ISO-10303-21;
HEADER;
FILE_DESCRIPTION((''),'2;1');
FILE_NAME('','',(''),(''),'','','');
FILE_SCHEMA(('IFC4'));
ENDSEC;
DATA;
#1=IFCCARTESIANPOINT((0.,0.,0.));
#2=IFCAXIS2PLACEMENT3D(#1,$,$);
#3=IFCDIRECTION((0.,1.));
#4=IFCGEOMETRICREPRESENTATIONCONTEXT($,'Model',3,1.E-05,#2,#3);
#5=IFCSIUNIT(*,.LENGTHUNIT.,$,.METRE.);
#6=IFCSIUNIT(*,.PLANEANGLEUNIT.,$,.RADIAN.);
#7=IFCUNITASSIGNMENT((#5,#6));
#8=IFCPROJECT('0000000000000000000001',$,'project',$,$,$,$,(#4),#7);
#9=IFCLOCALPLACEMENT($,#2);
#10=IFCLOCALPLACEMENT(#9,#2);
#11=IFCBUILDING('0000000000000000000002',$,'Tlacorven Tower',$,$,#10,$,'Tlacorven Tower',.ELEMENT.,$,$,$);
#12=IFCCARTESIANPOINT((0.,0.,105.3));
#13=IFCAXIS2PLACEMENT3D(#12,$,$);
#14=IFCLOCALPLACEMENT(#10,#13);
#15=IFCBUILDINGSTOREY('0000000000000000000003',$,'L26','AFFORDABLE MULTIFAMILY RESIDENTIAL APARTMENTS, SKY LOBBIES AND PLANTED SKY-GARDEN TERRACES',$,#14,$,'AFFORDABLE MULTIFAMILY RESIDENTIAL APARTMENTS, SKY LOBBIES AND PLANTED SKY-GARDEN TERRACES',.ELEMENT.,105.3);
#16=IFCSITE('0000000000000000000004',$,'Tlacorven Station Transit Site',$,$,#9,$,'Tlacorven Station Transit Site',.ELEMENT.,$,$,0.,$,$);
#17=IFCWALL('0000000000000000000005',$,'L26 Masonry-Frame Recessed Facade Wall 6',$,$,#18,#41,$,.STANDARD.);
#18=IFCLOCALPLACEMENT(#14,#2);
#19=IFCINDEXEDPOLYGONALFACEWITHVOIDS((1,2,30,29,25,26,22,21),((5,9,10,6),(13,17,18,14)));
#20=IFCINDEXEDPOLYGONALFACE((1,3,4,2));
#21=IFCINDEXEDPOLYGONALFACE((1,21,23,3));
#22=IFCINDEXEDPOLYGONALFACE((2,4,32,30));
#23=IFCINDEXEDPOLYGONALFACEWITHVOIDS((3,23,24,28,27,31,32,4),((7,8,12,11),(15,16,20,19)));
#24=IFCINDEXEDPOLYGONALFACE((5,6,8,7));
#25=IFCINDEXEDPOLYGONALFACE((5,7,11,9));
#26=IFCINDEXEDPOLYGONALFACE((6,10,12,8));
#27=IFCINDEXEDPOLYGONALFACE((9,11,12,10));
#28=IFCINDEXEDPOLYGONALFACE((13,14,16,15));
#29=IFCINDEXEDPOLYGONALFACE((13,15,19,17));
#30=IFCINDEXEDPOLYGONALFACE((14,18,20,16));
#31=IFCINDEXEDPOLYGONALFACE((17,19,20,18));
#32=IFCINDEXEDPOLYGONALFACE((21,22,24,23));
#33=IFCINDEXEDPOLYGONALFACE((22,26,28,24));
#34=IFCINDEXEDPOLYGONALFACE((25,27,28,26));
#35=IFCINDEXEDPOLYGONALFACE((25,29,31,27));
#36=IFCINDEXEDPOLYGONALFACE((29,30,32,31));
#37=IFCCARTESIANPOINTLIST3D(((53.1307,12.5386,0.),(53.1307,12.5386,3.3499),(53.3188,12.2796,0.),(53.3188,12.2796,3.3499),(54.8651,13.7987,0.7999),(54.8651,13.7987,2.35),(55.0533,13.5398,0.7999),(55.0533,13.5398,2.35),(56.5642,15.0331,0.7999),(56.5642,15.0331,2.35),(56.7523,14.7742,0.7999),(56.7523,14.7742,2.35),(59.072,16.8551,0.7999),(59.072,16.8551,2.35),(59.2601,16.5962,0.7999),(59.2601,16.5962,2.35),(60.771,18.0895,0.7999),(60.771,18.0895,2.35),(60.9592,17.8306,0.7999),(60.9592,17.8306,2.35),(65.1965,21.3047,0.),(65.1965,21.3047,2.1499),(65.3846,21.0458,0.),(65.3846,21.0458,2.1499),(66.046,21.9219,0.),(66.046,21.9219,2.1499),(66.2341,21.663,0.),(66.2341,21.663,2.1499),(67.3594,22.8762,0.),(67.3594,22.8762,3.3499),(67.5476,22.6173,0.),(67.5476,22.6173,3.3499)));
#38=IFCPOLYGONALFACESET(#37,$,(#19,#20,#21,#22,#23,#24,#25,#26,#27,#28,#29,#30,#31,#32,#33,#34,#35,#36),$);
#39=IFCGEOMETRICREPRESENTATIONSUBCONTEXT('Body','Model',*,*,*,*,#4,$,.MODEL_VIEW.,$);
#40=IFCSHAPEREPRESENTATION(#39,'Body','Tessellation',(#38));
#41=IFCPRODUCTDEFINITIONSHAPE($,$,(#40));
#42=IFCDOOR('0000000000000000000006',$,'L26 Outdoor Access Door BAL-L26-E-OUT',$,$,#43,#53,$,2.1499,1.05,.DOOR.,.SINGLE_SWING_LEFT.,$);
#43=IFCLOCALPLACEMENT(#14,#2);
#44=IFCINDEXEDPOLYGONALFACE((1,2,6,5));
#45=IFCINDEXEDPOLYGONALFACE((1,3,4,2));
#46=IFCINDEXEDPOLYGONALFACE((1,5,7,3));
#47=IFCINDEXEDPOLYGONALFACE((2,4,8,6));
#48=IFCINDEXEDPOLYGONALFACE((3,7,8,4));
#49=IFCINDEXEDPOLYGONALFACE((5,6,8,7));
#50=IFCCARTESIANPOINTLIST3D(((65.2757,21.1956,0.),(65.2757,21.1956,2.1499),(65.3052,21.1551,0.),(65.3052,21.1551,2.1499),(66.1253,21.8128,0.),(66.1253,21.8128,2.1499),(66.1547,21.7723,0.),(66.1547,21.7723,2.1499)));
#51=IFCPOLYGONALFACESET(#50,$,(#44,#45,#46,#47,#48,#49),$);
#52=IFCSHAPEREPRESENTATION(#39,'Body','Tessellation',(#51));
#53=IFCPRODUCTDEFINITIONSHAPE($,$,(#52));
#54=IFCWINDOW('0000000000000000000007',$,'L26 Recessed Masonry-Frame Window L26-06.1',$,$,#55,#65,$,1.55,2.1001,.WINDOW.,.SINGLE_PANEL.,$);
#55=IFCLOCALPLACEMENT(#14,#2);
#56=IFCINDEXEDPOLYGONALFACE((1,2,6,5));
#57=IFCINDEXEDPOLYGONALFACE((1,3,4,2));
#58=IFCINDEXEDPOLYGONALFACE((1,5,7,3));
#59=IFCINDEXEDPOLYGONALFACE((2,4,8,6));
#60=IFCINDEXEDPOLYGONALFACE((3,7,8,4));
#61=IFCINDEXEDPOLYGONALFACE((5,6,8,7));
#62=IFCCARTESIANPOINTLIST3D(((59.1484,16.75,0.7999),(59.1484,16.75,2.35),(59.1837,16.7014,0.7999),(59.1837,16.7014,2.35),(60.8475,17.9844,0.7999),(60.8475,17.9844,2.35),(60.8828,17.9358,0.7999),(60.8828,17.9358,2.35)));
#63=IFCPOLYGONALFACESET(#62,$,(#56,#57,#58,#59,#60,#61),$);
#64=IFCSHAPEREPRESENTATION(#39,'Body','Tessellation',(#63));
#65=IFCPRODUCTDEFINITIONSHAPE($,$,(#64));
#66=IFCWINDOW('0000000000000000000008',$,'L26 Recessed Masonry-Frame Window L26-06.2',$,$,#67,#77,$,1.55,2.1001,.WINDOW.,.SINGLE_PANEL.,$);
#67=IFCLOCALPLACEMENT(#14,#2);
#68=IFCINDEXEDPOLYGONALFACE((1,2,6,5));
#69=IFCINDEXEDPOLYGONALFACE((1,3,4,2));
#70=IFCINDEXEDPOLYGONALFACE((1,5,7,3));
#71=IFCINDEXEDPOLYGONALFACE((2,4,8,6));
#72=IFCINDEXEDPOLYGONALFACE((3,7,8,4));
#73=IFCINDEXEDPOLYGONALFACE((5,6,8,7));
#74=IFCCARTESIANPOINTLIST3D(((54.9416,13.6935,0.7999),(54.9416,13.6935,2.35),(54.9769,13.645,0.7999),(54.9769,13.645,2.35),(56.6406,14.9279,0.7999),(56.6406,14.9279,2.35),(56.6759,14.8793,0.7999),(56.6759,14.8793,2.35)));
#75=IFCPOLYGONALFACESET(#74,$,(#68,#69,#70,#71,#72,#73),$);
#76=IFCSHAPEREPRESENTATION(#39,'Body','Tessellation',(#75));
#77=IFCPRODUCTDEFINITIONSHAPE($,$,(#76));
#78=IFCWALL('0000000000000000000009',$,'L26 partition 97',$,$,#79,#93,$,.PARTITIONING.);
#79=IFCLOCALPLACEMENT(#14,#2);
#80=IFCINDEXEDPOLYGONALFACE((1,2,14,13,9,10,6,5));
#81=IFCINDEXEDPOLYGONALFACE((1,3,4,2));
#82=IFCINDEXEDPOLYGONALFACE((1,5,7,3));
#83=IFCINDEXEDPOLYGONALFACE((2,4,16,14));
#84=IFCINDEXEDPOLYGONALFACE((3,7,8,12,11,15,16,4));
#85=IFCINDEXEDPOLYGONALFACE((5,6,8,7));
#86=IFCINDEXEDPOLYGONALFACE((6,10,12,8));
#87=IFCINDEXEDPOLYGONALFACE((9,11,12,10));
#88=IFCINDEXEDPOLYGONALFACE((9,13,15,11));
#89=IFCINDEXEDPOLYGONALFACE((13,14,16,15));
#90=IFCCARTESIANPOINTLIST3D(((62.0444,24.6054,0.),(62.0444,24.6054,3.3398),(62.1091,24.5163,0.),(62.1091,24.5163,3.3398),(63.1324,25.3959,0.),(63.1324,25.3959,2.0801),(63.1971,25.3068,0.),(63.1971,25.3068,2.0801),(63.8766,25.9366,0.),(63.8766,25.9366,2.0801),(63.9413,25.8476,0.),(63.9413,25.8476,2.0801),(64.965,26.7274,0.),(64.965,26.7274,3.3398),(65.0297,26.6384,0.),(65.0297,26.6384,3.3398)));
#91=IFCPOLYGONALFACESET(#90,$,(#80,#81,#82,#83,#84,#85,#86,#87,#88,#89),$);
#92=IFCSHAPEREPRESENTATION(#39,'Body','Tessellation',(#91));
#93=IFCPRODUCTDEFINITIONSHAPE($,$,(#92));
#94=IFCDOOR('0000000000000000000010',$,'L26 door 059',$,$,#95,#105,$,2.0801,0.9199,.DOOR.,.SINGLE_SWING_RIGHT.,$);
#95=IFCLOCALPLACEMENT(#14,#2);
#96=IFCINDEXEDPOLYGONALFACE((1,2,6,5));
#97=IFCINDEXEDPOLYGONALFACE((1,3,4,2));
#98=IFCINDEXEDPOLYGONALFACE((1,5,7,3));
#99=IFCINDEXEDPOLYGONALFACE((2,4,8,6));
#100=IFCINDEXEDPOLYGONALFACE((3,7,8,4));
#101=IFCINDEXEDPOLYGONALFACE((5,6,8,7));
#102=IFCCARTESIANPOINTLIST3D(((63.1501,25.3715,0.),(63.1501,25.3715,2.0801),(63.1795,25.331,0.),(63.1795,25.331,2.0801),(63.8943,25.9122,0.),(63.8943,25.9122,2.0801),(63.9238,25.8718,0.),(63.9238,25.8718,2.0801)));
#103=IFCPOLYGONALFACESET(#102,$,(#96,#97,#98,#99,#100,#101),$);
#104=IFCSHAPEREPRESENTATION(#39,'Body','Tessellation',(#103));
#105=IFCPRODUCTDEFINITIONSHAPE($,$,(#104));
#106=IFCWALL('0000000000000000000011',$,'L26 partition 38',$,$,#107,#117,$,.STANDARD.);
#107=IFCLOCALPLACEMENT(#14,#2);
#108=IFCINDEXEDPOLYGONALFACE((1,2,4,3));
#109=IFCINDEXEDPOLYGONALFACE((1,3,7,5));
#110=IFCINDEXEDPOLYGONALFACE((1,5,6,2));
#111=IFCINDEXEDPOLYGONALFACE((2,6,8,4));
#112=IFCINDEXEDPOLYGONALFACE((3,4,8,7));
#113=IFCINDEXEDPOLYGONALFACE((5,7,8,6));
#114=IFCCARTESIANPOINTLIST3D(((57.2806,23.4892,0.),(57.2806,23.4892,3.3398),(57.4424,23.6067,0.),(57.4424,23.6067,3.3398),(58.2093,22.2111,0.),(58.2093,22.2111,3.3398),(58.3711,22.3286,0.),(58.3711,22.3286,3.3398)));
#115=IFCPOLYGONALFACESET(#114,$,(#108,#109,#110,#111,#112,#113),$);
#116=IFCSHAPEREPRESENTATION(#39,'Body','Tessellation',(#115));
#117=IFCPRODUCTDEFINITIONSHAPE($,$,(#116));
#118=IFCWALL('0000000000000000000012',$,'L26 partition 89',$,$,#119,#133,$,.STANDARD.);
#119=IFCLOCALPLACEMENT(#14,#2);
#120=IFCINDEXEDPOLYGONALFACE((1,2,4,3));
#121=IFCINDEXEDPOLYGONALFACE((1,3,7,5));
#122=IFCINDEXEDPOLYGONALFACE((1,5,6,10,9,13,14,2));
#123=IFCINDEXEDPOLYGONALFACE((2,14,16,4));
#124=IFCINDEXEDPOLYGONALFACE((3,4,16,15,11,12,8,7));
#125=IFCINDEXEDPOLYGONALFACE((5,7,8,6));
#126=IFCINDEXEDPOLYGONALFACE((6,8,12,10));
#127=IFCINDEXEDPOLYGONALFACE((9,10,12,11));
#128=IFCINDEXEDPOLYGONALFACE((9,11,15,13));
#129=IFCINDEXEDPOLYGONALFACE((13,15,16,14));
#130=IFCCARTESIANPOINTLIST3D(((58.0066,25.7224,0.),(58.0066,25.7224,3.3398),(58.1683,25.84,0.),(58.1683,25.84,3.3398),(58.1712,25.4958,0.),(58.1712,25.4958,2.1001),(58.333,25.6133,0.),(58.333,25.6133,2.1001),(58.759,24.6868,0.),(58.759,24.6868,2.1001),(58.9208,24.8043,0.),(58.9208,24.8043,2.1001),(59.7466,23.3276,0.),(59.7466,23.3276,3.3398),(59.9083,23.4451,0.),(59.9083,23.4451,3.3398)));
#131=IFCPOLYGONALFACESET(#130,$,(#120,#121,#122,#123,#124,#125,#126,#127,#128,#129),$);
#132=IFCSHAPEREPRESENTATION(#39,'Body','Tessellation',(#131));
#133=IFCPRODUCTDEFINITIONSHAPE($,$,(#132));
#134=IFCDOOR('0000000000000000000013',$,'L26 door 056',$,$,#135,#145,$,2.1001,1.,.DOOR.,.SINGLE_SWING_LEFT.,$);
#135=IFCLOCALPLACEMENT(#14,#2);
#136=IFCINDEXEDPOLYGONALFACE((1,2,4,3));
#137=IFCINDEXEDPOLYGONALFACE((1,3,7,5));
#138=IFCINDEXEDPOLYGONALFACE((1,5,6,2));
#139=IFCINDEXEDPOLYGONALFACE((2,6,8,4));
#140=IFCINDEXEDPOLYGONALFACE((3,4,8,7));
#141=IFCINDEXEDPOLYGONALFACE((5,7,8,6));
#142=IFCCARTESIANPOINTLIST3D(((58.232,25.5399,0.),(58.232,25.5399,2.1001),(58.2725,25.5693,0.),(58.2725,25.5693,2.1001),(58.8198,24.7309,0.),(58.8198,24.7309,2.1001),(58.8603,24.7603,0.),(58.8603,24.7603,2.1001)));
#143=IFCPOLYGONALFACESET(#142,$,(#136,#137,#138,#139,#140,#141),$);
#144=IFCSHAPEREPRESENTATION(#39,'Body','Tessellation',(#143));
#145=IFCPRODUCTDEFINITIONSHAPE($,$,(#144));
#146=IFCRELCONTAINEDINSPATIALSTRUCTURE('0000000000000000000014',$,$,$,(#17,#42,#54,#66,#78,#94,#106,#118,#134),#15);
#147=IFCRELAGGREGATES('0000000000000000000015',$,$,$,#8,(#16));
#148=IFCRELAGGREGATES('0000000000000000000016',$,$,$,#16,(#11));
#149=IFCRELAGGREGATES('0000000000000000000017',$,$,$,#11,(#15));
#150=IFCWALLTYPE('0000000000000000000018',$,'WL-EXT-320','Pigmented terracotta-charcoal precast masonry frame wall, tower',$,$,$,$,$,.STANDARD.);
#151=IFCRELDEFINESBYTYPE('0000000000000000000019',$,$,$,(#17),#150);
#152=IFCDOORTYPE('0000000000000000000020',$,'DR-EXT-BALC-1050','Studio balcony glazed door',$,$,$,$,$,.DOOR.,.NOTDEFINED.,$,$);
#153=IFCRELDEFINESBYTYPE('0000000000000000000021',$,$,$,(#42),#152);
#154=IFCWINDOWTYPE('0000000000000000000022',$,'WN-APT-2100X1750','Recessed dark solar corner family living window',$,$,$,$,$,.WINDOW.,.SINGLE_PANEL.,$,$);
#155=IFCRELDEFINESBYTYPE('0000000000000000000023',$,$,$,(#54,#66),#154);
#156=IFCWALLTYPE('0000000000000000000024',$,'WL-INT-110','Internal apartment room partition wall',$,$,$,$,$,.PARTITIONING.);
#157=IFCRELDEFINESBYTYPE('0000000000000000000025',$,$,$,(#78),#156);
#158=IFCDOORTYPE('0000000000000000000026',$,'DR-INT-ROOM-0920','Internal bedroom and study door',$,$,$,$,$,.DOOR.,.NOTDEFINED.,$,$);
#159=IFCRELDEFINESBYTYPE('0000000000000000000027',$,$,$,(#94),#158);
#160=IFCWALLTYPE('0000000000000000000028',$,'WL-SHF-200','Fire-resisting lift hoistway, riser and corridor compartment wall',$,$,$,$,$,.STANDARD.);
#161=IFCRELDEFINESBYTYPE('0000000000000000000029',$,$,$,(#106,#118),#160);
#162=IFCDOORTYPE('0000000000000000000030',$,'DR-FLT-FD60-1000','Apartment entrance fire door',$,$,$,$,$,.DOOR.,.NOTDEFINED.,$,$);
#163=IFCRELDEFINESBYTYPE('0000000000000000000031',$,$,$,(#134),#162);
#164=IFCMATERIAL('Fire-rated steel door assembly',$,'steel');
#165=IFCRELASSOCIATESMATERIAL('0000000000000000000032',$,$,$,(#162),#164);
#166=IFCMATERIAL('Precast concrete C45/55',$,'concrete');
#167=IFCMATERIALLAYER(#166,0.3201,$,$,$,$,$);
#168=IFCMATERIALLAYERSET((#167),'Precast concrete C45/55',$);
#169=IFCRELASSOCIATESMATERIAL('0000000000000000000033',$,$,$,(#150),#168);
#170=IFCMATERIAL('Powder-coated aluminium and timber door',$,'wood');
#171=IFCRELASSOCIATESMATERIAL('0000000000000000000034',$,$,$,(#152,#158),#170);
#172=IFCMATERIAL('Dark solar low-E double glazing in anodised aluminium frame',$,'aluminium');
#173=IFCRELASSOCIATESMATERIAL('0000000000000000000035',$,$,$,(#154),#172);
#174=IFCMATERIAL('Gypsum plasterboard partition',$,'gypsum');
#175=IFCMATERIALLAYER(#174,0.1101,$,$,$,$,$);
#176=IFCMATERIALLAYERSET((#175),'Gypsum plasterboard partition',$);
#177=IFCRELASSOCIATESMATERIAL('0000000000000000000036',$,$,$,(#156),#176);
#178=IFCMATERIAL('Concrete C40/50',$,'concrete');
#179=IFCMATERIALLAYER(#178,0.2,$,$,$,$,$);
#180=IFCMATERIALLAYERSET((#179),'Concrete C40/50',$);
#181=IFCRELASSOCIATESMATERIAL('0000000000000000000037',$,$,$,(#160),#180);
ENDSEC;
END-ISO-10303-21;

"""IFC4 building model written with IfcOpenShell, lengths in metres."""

from ifc_helpers import new_model, si_unit, direction, frame, frame_2d, origin, place, context, subcontext, project, spatial, rectangle, extrude, source, transform, mapped, material, layer, layer_set, type_object, element, fill, save


model = new_model("IFC4")

# Units and contexts
model_context = context("Model", 3, precision=1e-05, world=origin(), true_north=direction((0.0, 1.0)))
body_context = subcontext(model_context, "Body", "Model", "MODEL_VIEW")
ifc_project = project(units=[si_unit("LENGTHUNIT", "METRE"), si_unit("PLANEANGLEUNIT", "RADIAN")], contexts=[model_context])

# Site, building, storey
site_placement = place(None, origin())
site = spatial("IfcSite", under=ifc_project, at=site_placement, Name="Tlacorven Station Transit Site", LongName="Tlacorven Station Transit Site", CompositionType="ELEMENT", RefElevation=0.0)
building_placement = place(site_placement, origin())
building = spatial("IfcBuilding", under=site, at=building_placement, Name="Tlacorven Tower", LongName="Tlacorven Tower", CompositionType="ELEMENT")
storey_placement = place(building_placement, frame((0.0, 0.0, 105.3)))
storey = spatial("IfcBuildingStorey", under=building, at=storey_placement, Name="L26", Description="AFFORDABLE MULTIFAMILY RESIDENTIAL APARTMENTS, SKY LOBBIES AND PLANTED SKY-GARDEN TERRACES", LongName="AFFORDABLE MULTIFAMILY RESIDENTIAL APARTMENTS, SKY LOBBIES AND PLANTED SKY-GARDEN TERRACES", CompositionType="ELEMENT", Elevation=105.3)

# Shared definitions
ifc_material_1 = material(Name="Fire-rated steel door assembly", Category="steel")
door_type_1 = type_object("IfcDoorType", Name="DR-FLT-FD60-1000", Description="Apartment entrance fire door", OperationType="NOTDEFINED", PredefinedType="DOOR", material=ifc_material_1)
shared_shape_1 = source(origin(), body_context, "Body", "SweptSolid", [
    extrude(rectangle(XDim=1.0, YDim=2.1001, at=frame_2d((0.5, 1.05))), frame((0.0, 0.0249, 0.0), z_axis=(0.0, -1.0, 0.0), x_axis=(1.0, 0.0, 0.0)), (0.0, 0.0, 1.0), 0.05),
])

# Wall, openings, door, windows
ifc_material_2 = material(Name="Precast concrete C45/55", Category="concrete")
ifc_layer_1 = layer(ifc_material_2, 0.3201)
ifc_layer_set_1 = layer_set([ifc_layer_1], Name="Precast concrete C45/55")
wall_type_1 = type_object("IfcWallType", Name="WL-EXT-320", Description="Pigmented terracotta-charcoal precast masonry frame wall, tower", PredefinedType="STANDARD", material=ifc_layer_set_1)
wall_1_placement = place(storey_placement, frame((67.4536, 22.7468, 0.0), z_axis=(0.0, 0.0, 1.0), x_axis=(-0.809021, -0.58778, 0.0)))
wall_1 = element("IfcWall", 1, at=wall_1_placement, inside=storey, type_object=wall_type_1, Name="L26 Masonry-Frame Recessed Facade Wall 6", PredefinedType="STANDARD", context=body_context, shape_type="SweptSolid", body=[
    extrude(rectangle(XDim=17.5876, YDim=0.3201, at=frame_2d((8.7939, 0.0))), origin(), (0.0, 0.0, 1.0), 3.3499),
])
opening_1_placement = place(wall_1_placement, frame((1.6238, 0.0, 0.0)))
opening_1 = element("IfcOpeningElement", 2, at=opening_1_placement, cuts=wall_1, PredefinedType="OPENING", context=body_context, shape_type="SweptSolid", body=[
    extrude(rectangle(XDim=1.05, YDim=2.1499, at=frame_2d((0.5249, 1.075))), frame((0.0, 0.1699, 0.0), z_axis=(0.0, -1.0, 0.0), x_axis=(1.0, 0.0, 0.0)), (0.0, 0.0, 1.0), 0.3401),
])
opening_2_placement = place(wall_1_placement, frame((8.1438, 0.0, 0.8)))
opening_2 = element("IfcOpeningElement", 3, at=opening_2_placement, cuts=wall_1, PredefinedType="OPENING", context=body_context, shape_type="SweptSolid", body=[
    extrude(rectangle(XDim=2.1001, YDim=1.55, at=frame_2d((1.05, 0.7749))), frame((0.0, 0.1699, 0.0), z_axis=(0.0, -1.0, 0.0), x_axis=(1.0, 0.0, 0.0)), (0.0, 0.0, 1.0), 0.3401),
])
opening_3_placement = place(wall_1_placement, frame((13.3438, 0.0, 0.8)))
opening_3 = element("IfcOpeningElement", 4, at=opening_3_placement, cuts=wall_1, PredefinedType="OPENING", context=body_context, shape_type="SweptSolid", body=[
    extrude(rectangle(XDim=2.1001, YDim=1.55, at=frame_2d((1.05, 0.7749))), frame((0.0, 0.1699, 0.0), z_axis=(0.0, -1.0, 0.0), x_axis=(1.0, 0.0, 0.0)), (0.0, 0.0, 1.0), 0.3401),
])
ifc_material_3 = material(Name="Powder-coated aluminium and timber door", Category="wood")
door_type_2 = type_object("IfcDoorType", Name="DR-EXT-BALC-1050", Description="Studio balcony glazed door", OperationType="NOTDEFINED", PredefinedType="DOOR", material=ifc_material_3)
shared_shape_2 = source(origin(), body_context, "Body", "SweptSolid", [
    extrude(rectangle(XDim=1.05, YDim=2.1499, at=frame_2d((0.5249, 1.075))), frame((0.0, 0.0249, 0.0), z_axis=(0.0, -1.0, 0.0), x_axis=(1.0, 0.0, 0.0)), (0.0, 0.0, 1.0), 0.05),
])
door_1_placement = place(opening_1_placement, origin())
door_1 = element("IfcDoor", 5, at=door_1_placement, inside=storey, type_object=door_type_2, Name="L26 Outdoor Access Door BAL-L26-E-OUT", OperationType="SINGLE_SWING_LEFT", OverallHeight=2.1499, OverallWidth=1.05, PredefinedType="DOOR", context=body_context, shape_type="MappedRepresentation", body=[
    mapped(shared_shape_2, transform((0.0, 0.0, 0.0), scale=1.0)),
])
fill(opening_1, door_1)
ifc_material_4 = material(Name="Dark solar low-E double glazing in anodised aluminium frame", Category="aluminium")
window_type = type_object("IfcWindowType", Name="WN-APT-2100X1750", Description="Recessed dark solar corner family living window", PartitioningType="SINGLE_PANEL", PredefinedType="WINDOW", material=ifc_material_4)
shared_shape_3 = source(origin(), body_context, "Body", "SweptSolid", [
    extrude(rectangle(XDim=2.1001, YDim=1.55, at=frame_2d((1.05, 0.7749))), frame((0.0, 0.03, 0.0), z_axis=(0.0, -1.0, 0.0), x_axis=(1.0, 0.0, 0.0)), (0.0, 0.0, 1.0), 0.0601),
])
window_1_placement = place(opening_2_placement, origin())
window_1 = element("IfcWindow", 6, at=window_1_placement, inside=storey, type_object=window_type, Name="L26 Recessed Masonry-Frame Window L26-06.1", OverallHeight=1.55, OverallWidth=2.1001, PartitioningType="SINGLE_PANEL", PredefinedType="WINDOW", context=body_context, shape_type="MappedRepresentation", body=[
    mapped(shared_shape_3, transform((0.0, 0.0, 0.0), scale=1.0)),
])
fill(opening_2, window_1)
window_2_placement = place(opening_3_placement, origin())
window_2 = element("IfcWindow", 7, at=window_2_placement, inside=storey, type_object=window_type, Name="L26 Recessed Masonry-Frame Window L26-06.2", OverallHeight=1.55, OverallWidth=2.1001, PartitioningType="SINGLE_PANEL", PredefinedType="WINDOW", context=body_context, shape_type="MappedRepresentation", body=[
    mapped(shared_shape_3, transform((0.0, 0.0, 0.0), scale=1.0)),
])
fill(opening_3, window_2)

# Wall, opening, door
ifc_material_5 = material(Name="Gypsum plasterboard partition", Category="gypsum")
ifc_layer_2 = layer(ifc_material_5, 0.1101)
ifc_layer_set_2 = layer_set([ifc_layer_2], Name="Gypsum plasterboard partition")
wall_type_2 = type_object("IfcWallType", Name="WL-INT-110", Description="Internal apartment room partition wall", PredefinedType="PARTITIONING", material=ifc_layer_set_2)
wall_2_placement = place(storey_placement, frame((62.0767, 24.5608, 0.0), z_axis=(0.0, 0.0, 1.0), x_axis=(0.809005, 0.587802, 0.0)))
wall_2 = element("IfcWall", 8, at=wall_2_placement, inside=storey, type_object=wall_type_2, Name="L26 partition 97", PredefinedType="PARTITIONING", context=body_context, shape_type="SweptSolid", body=[
    extrude(rectangle(XDim=3.6101, YDim=0.1101, at=frame_2d((1.8052, 0.0))), origin(), (0.0, 0.0, 1.0), 3.3398),
])
opening_4_placement = place(wall_2_placement, frame((1.345, 0.0, 0.0)))
opening_4 = element("IfcOpeningElement", 9, at=opening_4_placement, cuts=wall_2, PredefinedType="OPENING", context=body_context, shape_type="SweptSolid", body=[
    extrude(rectangle(XDim=0.9199, YDim=2.0801, at=frame_2d((0.46, 1.04))), frame((0.0, 0.0649, 0.0), z_axis=(0.0, -1.0, 0.0), x_axis=(1.0, 0.0, 0.0)), (0.0, 0.0, 1.0), 0.1301),
])
door_type_3 = type_object("IfcDoorType", Name="DR-INT-ROOM-0920", Description="Internal bedroom and study door", OperationType="NOTDEFINED", PredefinedType="DOOR", material=ifc_material_3)
shared_shape_4 = source(origin(), body_context, "Body", "SweptSolid", [
    extrude(rectangle(XDim=0.9199, YDim=2.0801, at=frame_2d((0.46, 1.04))), frame((0.0, 0.0249, 0.0), z_axis=(0.0, -1.0, 0.0), x_axis=(1.0, 0.0, 0.0)), (0.0, 0.0, 1.0), 0.05),
])
door_2_placement = place(opening_4_placement, origin())
door_2 = element("IfcDoor", 10, at=door_2_placement, inside=storey, type_object=door_type_3, Name="L26 door 059", OperationType="SINGLE_SWING_RIGHT", OverallHeight=2.0801, OverallWidth=0.9199, PredefinedType="DOOR", context=body_context, shape_type="MappedRepresentation", body=[
    mapped(shared_shape_4, transform((0.0, 0.0, 0.0), scale=1.0)),
])
fill(opening_4, door_2)

# Wall
ifc_material_6 = material(Name="Concrete C40/50", Category="concrete")
ifc_layer_3 = layer(ifc_material_6, 0.2)
ifc_layer_set_3 = layer_set([ifc_layer_3], Name="Concrete C40/50")
wall_type_3 = type_object("IfcWallType", Name="WL-SHF-200", Description="Fire-resisting lift hoistway, riser and corridor compartment wall", PredefinedType="STANDARD", material=ifc_layer_set_3)
wall_3_placement = place(storey_placement, frame((58.2903, 22.2698, 0.0), z_axis=(0.0, 0.0, 1.0), x_axis=(-0.587841, 0.808977, 0.0)))
element("IfcWall", 11, at=wall_3_placement, inside=storey, type_object=wall_type_3, Name="L26 partition 38", PredefinedType="STANDARD", context=body_context, shape_type="SweptSolid", body=[
    extrude(rectangle(XDim=1.5798, YDim=0.2, at=frame_2d((0.79, 0.0))), origin(), (0.0, 0.0, 1.0), 3.3398),
])

# Wall, opening, door
wall_4_placement = place(storey_placement, frame((59.8274, 23.3865, 0.0), z_axis=(0.0, 0.0, 1.0), x_axis=(-0.587804, 0.809003, 0.0)))
wall_4 = element("IfcWall", 12, at=wall_4_placement, inside=storey, type_object=wall_type_3, Name="L26 partition 89", PredefinedType="STANDARD", context=body_context, shape_type="SweptSolid", body=[
    extrude(rectangle(XDim=2.9602, YDim=0.2, at=frame_2d((1.48, 0.0))), origin(), (0.0, 0.0, 1.0), 3.3398),
])
opening_5_placement = place(wall_4_placement, frame((1.6799, 0.0, 0.0)))
opening_5 = element("IfcOpeningElement", 13, at=opening_5_placement, cuts=wall_4, PredefinedType="OPENING", context=body_context, shape_type="SweptSolid", body=[
    extrude(rectangle(XDim=1.0, YDim=2.1001, at=frame_2d((0.5, 1.05))), frame((0.0, 0.1099, 0.0), z_axis=(0.0, -1.0, 0.0), x_axis=(1.0, 0.0, 0.0)), (0.0, 0.0, 1.0), 0.22),
])
door_3_placement = place(opening_5_placement, origin())
door_3 = element("IfcDoor", 14, at=door_3_placement, inside=storey, type_object=door_type_1, Name="L26 door 056", OperationType="SINGLE_SWING_LEFT", OverallHeight=2.1001, OverallWidth=1.0, PredefinedType="DOOR", context=body_context, shape_type="MappedRepresentation", body=[
    mapped(shared_shape_1, transform((0.0, 0.0, 0.0), scale=1.0)),
])
fill(opening_5, door_3)

save(model, "model.ifc")
